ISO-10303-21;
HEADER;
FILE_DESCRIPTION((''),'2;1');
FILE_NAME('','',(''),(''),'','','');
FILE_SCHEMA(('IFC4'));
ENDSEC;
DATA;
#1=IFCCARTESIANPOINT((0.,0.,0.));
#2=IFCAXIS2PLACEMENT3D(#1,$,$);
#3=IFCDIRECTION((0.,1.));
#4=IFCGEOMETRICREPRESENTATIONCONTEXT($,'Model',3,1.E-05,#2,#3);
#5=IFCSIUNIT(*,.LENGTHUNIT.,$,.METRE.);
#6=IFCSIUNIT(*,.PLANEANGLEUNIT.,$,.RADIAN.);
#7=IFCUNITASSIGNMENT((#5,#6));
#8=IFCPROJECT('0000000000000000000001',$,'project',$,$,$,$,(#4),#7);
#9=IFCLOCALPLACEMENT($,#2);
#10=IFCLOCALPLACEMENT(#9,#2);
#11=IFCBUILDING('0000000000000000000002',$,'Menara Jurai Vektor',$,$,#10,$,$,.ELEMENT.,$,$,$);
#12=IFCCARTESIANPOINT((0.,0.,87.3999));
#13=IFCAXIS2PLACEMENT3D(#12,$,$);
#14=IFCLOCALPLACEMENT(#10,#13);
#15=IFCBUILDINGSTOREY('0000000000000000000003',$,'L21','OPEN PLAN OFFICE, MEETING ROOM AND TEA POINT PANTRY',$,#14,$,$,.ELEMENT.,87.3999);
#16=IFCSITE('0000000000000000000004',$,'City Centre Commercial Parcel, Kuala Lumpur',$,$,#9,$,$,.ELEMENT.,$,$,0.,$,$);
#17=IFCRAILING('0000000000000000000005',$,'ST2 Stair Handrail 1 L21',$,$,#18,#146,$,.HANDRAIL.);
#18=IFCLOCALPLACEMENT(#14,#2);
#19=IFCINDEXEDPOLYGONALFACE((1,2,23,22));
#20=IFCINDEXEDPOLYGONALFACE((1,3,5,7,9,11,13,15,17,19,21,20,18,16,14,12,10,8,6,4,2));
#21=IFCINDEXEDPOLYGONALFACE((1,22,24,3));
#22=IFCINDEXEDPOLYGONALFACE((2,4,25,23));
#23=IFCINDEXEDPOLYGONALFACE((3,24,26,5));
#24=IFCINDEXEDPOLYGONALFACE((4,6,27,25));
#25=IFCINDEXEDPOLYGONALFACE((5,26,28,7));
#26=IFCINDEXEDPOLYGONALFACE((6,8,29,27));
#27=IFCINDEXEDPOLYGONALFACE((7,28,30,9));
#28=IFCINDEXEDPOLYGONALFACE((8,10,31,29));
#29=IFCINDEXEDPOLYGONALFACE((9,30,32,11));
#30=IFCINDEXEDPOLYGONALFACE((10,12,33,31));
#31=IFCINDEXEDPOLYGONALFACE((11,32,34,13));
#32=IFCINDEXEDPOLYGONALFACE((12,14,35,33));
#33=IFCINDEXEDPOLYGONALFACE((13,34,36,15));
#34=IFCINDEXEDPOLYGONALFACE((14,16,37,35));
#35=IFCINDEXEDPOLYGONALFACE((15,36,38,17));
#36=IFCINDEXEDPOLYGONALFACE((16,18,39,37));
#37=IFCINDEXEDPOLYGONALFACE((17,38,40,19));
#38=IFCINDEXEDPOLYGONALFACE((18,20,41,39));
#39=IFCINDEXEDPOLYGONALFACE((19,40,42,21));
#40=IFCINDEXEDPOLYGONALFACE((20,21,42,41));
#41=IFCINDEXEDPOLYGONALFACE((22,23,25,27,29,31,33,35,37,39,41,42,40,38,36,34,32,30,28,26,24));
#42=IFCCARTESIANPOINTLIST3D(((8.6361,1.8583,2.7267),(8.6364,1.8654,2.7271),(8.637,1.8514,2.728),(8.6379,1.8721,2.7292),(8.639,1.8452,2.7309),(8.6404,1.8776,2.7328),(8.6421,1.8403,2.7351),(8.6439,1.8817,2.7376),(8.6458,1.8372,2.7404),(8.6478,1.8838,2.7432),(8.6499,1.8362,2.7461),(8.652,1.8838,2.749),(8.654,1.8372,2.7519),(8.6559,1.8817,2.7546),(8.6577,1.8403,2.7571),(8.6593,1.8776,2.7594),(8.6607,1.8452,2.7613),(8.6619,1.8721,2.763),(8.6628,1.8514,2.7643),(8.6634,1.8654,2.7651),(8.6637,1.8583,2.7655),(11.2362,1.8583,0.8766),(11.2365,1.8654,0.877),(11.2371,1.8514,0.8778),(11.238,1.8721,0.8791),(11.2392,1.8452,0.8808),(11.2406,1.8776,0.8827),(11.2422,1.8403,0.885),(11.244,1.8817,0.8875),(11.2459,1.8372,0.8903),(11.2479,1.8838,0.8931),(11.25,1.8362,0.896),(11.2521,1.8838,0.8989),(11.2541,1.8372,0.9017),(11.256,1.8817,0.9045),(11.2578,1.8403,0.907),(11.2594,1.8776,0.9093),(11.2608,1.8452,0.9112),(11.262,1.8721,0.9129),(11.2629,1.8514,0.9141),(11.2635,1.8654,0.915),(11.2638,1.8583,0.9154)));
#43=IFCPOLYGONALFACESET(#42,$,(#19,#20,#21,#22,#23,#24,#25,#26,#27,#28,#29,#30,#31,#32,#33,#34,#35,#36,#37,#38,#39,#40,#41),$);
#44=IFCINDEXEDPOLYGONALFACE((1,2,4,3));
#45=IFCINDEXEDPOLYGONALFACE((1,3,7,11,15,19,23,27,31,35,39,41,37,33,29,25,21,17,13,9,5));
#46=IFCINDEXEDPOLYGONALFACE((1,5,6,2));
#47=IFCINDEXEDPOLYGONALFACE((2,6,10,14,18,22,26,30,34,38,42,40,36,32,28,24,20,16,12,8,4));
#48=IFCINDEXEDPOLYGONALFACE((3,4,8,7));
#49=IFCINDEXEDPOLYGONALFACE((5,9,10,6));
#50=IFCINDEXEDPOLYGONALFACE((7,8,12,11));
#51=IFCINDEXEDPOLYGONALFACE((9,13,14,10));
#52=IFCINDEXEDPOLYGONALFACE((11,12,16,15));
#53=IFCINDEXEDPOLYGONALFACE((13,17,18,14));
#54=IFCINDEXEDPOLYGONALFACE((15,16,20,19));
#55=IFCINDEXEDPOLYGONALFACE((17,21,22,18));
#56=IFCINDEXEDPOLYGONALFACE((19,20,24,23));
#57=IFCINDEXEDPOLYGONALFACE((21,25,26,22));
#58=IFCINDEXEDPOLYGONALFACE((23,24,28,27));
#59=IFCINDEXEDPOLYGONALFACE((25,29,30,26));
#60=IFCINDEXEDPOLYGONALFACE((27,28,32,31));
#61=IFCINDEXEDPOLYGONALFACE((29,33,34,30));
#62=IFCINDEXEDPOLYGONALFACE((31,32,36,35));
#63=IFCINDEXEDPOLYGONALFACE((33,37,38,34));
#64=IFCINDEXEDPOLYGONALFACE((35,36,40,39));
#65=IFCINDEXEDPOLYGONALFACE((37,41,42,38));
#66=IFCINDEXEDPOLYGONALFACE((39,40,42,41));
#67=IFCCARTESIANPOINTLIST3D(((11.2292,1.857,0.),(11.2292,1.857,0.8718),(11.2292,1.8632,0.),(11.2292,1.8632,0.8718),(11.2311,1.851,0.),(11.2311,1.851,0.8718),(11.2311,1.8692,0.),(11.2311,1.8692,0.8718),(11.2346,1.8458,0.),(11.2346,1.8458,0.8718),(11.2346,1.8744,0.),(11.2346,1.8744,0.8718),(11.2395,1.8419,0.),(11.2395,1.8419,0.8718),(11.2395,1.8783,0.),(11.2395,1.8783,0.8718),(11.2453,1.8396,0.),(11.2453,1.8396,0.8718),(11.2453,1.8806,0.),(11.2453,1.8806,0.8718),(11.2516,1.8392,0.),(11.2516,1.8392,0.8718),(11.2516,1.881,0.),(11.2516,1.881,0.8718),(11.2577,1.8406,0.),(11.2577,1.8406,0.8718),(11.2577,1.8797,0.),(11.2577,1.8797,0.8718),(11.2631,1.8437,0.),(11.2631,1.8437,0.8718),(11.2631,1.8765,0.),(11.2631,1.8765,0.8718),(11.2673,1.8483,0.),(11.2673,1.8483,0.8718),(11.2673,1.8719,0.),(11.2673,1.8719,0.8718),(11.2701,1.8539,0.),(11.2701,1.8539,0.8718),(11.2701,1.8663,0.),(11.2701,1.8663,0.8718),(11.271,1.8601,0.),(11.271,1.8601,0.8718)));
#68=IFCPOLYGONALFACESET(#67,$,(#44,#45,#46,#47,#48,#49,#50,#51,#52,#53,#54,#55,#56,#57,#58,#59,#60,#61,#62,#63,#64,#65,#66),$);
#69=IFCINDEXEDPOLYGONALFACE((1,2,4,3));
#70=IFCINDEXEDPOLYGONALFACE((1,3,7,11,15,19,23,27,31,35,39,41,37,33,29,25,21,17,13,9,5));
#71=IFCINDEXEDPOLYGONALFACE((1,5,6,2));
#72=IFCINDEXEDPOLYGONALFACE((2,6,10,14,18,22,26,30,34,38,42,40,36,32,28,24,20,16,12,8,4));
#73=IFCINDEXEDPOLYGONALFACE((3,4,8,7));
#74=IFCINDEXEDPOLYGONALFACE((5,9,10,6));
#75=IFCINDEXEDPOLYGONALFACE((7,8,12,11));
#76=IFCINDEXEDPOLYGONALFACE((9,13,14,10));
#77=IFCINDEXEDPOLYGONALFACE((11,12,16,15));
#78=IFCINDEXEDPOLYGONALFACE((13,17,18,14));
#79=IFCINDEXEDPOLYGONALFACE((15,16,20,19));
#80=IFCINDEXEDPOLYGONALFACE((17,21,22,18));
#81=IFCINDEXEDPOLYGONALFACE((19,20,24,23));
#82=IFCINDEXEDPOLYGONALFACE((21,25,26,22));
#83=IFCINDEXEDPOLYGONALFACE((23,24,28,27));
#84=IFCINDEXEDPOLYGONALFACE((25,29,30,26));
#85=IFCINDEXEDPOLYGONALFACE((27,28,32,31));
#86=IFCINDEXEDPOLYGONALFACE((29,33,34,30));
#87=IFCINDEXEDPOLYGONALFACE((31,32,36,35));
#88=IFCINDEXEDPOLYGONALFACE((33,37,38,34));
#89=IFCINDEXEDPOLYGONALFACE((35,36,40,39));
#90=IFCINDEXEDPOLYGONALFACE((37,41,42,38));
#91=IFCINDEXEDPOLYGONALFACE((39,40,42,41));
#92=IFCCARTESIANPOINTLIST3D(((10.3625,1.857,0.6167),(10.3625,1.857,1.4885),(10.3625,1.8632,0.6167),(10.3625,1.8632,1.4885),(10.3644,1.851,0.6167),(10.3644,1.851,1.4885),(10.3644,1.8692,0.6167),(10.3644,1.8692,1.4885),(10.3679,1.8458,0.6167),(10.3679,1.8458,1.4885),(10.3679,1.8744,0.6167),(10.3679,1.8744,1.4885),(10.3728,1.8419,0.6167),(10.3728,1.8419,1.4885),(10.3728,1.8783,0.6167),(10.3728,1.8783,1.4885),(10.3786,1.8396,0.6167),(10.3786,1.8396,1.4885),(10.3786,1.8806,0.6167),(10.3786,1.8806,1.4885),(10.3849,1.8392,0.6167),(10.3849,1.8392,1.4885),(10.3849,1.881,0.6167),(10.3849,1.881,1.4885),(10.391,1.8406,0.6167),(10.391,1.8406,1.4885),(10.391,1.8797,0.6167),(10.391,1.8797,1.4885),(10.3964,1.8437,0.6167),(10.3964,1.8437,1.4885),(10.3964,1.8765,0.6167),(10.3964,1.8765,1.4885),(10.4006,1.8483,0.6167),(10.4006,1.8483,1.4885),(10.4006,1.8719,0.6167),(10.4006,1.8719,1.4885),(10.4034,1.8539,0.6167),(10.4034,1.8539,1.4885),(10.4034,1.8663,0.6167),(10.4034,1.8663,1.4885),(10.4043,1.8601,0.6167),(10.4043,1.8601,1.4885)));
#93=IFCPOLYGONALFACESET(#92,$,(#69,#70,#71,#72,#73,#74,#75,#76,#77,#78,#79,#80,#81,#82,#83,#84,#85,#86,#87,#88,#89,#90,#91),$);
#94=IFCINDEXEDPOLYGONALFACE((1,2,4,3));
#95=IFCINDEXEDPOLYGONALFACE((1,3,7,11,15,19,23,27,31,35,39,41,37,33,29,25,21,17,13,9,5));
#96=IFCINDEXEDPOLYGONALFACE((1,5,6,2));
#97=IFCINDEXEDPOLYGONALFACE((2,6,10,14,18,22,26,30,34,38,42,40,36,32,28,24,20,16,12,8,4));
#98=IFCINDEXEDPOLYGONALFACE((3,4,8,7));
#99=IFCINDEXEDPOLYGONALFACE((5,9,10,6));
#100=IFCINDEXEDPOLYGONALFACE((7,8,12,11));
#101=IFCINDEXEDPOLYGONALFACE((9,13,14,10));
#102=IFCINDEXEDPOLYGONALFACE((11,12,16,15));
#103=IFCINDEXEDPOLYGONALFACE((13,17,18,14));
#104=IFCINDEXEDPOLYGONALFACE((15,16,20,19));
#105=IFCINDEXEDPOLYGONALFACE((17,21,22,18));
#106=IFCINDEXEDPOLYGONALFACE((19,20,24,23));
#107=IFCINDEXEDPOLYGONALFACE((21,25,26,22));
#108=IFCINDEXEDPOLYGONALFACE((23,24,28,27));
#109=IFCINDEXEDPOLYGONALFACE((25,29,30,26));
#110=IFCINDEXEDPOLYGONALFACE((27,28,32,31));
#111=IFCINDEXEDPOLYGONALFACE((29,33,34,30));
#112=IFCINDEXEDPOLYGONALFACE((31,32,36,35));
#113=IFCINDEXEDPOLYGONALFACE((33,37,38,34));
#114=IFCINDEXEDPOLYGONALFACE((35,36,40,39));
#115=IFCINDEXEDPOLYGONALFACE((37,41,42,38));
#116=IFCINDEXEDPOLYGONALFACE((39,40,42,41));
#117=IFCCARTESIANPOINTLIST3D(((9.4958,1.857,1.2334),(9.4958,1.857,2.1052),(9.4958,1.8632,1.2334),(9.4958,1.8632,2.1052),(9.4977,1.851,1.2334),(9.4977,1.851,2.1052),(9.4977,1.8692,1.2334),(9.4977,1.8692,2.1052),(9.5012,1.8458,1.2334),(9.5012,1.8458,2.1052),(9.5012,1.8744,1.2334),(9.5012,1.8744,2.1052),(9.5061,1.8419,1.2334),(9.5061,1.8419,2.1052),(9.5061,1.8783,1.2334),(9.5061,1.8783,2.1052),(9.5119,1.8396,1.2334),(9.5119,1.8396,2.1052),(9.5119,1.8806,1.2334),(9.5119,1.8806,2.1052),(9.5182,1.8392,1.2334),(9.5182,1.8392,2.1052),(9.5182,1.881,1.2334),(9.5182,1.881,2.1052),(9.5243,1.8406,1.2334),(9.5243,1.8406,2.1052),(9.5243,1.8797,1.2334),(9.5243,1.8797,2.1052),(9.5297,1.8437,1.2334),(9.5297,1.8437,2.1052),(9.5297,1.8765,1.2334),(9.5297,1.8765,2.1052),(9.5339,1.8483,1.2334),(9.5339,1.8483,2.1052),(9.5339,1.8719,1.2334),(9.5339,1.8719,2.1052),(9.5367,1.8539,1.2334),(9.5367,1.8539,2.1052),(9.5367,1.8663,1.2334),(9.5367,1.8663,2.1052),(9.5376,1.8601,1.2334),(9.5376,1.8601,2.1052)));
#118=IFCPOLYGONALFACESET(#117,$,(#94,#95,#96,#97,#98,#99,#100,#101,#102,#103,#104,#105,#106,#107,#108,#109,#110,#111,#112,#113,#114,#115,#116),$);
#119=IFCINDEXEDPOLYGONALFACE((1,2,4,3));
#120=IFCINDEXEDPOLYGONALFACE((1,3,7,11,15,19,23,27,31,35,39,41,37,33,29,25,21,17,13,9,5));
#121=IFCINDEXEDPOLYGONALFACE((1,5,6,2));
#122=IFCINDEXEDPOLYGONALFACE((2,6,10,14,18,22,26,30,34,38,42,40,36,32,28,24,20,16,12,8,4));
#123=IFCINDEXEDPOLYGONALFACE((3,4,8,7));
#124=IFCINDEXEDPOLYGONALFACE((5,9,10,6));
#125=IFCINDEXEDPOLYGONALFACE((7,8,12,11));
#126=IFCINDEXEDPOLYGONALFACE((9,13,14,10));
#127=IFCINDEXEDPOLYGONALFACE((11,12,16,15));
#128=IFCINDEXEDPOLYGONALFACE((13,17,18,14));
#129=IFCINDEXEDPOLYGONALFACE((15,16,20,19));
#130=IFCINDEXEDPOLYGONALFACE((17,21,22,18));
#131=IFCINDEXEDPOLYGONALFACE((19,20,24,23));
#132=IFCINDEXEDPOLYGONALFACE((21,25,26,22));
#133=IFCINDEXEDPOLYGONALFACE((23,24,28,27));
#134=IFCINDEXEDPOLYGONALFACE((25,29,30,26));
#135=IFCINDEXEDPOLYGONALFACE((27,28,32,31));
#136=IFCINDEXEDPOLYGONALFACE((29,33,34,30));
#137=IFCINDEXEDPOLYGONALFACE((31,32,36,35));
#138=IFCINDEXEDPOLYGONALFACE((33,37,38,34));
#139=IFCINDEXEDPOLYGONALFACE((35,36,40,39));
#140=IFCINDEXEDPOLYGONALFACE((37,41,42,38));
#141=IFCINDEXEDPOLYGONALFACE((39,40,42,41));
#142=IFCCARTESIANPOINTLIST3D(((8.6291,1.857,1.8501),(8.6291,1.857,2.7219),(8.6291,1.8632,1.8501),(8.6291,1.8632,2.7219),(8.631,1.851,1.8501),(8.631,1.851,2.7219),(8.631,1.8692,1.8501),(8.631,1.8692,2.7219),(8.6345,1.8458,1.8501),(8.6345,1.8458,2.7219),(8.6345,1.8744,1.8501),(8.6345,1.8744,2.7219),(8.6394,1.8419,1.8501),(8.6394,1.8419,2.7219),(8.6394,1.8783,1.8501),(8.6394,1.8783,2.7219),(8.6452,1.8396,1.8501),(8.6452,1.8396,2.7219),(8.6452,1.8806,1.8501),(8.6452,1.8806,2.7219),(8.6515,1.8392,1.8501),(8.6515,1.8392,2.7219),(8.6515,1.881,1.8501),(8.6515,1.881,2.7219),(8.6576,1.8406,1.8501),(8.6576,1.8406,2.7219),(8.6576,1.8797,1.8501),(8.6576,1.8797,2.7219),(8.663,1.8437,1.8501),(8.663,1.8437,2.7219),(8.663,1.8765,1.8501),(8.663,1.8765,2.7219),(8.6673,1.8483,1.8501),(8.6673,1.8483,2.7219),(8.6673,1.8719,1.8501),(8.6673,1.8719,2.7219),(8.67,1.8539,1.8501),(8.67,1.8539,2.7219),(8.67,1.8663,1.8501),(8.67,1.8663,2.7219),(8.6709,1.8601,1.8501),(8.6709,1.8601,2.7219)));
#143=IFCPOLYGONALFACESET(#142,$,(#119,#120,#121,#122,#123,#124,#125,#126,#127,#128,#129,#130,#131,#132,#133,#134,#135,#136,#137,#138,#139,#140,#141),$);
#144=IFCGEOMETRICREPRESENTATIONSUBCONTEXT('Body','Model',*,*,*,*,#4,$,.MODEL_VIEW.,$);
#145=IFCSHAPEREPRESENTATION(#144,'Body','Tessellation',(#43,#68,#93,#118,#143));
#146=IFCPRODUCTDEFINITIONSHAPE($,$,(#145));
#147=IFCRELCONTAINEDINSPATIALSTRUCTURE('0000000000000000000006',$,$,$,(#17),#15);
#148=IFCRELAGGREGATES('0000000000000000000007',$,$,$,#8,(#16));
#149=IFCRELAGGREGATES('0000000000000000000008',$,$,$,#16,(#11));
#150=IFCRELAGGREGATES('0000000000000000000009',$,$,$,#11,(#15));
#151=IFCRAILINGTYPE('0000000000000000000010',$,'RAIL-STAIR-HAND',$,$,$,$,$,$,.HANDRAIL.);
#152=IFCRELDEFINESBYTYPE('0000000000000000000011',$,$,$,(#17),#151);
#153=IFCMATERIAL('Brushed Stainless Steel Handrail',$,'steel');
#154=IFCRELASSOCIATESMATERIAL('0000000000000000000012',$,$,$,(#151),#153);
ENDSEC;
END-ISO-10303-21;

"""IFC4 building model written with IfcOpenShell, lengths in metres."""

from ifc_helpers import new_model, si_unit, direction, frame, origin, origin_2d, place, context, subcontext, project, spatial, circle, extrude, material, type_object, element, save


model = new_model("IFC4")

# Units and contexts
model_context = context("Model", 3, precision=1e-05, world=origin(), true_north=direction((0.0, 1.0)))
body_context = subcontext(model_context, "Body", "Model", "MODEL_VIEW")
ifc_project = project(units=[si_unit("LENGTHUNIT", "METRE"), si_unit("PLANEANGLEUNIT", "RADIAN")], contexts=[model_context])

# Site, building, storey
site_placement = place(None, origin())
site = spatial("IfcSite", under=ifc_project, at=site_placement, Name="City Centre Commercial Parcel, Kuala Lumpur", CompositionType="ELEMENT", RefElevation=0.0)
building_placement = place(site_placement, origin())
building = spatial("IfcBuilding", under=site, at=building_placement, Name="Menara Jurai Vektor", CompositionType="ELEMENT")
storey_placement = place(building_placement, frame((0.0, 0.0, 87.3999)))
storey = spatial("IfcBuildingStorey", under=building, at=storey_placement, Name="L21", Description="OPEN PLAN OFFICE, MEETING ROOM AND TEA POINT PANTRY", CompositionType="ELEMENT", Elevation=87.3999)

# Railing
ifc_material_1 = material(Name="Brushed Stainless Steel Handrail", Category="steel")
railing_type_1 = type_object("IfcRailingType", Name="RAIL-STAIR-HAND", PredefinedType="HANDRAIL", material=ifc_material_1)
railing_1_placement = place(storey_placement, frame((11.25, 1.8601, 0.0)))
element("IfcRailing", 1, at=railing_1_placement, inside=storey, type_object=railing_type_1, Name="ST2 Stair Handrail 1 L21", PredefinedType="HANDRAIL", context=body_context, shape_type="SweptSolid", body=[
    extrude(circle(Radius=0.0239, at=origin_2d()), frame((0.0, 0.0, 0.896), z_axis=(-0.814787, 0.0, 0.579761), x_axis=(0.0, -1.0, 0.0)), (0.0, 0.0, 1.0), 3.1912),
    extrude(circle(Radius=0.021, at=origin_2d()), origin(), (0.0, 0.0, 1.0), 0.8718),
    extrude(circle(Radius=0.021, at=origin_2d()), frame((-0.8667, 0.0, 0.6167)), (0.0, 0.0, 1.0), 0.8718),
    extrude(circle(Radius=0.021, at=origin_2d()), frame((-1.7334, 0.0, 1.2334)), (0.0, 0.0, 1.0), 0.8718),
    extrude(circle(Radius=0.021, at=origin_2d()), frame((-2.6001, 0.0, 1.8501)), (0.0, 0.0, 1.0), 0.8718),
])

save(model, "model.ifc")
